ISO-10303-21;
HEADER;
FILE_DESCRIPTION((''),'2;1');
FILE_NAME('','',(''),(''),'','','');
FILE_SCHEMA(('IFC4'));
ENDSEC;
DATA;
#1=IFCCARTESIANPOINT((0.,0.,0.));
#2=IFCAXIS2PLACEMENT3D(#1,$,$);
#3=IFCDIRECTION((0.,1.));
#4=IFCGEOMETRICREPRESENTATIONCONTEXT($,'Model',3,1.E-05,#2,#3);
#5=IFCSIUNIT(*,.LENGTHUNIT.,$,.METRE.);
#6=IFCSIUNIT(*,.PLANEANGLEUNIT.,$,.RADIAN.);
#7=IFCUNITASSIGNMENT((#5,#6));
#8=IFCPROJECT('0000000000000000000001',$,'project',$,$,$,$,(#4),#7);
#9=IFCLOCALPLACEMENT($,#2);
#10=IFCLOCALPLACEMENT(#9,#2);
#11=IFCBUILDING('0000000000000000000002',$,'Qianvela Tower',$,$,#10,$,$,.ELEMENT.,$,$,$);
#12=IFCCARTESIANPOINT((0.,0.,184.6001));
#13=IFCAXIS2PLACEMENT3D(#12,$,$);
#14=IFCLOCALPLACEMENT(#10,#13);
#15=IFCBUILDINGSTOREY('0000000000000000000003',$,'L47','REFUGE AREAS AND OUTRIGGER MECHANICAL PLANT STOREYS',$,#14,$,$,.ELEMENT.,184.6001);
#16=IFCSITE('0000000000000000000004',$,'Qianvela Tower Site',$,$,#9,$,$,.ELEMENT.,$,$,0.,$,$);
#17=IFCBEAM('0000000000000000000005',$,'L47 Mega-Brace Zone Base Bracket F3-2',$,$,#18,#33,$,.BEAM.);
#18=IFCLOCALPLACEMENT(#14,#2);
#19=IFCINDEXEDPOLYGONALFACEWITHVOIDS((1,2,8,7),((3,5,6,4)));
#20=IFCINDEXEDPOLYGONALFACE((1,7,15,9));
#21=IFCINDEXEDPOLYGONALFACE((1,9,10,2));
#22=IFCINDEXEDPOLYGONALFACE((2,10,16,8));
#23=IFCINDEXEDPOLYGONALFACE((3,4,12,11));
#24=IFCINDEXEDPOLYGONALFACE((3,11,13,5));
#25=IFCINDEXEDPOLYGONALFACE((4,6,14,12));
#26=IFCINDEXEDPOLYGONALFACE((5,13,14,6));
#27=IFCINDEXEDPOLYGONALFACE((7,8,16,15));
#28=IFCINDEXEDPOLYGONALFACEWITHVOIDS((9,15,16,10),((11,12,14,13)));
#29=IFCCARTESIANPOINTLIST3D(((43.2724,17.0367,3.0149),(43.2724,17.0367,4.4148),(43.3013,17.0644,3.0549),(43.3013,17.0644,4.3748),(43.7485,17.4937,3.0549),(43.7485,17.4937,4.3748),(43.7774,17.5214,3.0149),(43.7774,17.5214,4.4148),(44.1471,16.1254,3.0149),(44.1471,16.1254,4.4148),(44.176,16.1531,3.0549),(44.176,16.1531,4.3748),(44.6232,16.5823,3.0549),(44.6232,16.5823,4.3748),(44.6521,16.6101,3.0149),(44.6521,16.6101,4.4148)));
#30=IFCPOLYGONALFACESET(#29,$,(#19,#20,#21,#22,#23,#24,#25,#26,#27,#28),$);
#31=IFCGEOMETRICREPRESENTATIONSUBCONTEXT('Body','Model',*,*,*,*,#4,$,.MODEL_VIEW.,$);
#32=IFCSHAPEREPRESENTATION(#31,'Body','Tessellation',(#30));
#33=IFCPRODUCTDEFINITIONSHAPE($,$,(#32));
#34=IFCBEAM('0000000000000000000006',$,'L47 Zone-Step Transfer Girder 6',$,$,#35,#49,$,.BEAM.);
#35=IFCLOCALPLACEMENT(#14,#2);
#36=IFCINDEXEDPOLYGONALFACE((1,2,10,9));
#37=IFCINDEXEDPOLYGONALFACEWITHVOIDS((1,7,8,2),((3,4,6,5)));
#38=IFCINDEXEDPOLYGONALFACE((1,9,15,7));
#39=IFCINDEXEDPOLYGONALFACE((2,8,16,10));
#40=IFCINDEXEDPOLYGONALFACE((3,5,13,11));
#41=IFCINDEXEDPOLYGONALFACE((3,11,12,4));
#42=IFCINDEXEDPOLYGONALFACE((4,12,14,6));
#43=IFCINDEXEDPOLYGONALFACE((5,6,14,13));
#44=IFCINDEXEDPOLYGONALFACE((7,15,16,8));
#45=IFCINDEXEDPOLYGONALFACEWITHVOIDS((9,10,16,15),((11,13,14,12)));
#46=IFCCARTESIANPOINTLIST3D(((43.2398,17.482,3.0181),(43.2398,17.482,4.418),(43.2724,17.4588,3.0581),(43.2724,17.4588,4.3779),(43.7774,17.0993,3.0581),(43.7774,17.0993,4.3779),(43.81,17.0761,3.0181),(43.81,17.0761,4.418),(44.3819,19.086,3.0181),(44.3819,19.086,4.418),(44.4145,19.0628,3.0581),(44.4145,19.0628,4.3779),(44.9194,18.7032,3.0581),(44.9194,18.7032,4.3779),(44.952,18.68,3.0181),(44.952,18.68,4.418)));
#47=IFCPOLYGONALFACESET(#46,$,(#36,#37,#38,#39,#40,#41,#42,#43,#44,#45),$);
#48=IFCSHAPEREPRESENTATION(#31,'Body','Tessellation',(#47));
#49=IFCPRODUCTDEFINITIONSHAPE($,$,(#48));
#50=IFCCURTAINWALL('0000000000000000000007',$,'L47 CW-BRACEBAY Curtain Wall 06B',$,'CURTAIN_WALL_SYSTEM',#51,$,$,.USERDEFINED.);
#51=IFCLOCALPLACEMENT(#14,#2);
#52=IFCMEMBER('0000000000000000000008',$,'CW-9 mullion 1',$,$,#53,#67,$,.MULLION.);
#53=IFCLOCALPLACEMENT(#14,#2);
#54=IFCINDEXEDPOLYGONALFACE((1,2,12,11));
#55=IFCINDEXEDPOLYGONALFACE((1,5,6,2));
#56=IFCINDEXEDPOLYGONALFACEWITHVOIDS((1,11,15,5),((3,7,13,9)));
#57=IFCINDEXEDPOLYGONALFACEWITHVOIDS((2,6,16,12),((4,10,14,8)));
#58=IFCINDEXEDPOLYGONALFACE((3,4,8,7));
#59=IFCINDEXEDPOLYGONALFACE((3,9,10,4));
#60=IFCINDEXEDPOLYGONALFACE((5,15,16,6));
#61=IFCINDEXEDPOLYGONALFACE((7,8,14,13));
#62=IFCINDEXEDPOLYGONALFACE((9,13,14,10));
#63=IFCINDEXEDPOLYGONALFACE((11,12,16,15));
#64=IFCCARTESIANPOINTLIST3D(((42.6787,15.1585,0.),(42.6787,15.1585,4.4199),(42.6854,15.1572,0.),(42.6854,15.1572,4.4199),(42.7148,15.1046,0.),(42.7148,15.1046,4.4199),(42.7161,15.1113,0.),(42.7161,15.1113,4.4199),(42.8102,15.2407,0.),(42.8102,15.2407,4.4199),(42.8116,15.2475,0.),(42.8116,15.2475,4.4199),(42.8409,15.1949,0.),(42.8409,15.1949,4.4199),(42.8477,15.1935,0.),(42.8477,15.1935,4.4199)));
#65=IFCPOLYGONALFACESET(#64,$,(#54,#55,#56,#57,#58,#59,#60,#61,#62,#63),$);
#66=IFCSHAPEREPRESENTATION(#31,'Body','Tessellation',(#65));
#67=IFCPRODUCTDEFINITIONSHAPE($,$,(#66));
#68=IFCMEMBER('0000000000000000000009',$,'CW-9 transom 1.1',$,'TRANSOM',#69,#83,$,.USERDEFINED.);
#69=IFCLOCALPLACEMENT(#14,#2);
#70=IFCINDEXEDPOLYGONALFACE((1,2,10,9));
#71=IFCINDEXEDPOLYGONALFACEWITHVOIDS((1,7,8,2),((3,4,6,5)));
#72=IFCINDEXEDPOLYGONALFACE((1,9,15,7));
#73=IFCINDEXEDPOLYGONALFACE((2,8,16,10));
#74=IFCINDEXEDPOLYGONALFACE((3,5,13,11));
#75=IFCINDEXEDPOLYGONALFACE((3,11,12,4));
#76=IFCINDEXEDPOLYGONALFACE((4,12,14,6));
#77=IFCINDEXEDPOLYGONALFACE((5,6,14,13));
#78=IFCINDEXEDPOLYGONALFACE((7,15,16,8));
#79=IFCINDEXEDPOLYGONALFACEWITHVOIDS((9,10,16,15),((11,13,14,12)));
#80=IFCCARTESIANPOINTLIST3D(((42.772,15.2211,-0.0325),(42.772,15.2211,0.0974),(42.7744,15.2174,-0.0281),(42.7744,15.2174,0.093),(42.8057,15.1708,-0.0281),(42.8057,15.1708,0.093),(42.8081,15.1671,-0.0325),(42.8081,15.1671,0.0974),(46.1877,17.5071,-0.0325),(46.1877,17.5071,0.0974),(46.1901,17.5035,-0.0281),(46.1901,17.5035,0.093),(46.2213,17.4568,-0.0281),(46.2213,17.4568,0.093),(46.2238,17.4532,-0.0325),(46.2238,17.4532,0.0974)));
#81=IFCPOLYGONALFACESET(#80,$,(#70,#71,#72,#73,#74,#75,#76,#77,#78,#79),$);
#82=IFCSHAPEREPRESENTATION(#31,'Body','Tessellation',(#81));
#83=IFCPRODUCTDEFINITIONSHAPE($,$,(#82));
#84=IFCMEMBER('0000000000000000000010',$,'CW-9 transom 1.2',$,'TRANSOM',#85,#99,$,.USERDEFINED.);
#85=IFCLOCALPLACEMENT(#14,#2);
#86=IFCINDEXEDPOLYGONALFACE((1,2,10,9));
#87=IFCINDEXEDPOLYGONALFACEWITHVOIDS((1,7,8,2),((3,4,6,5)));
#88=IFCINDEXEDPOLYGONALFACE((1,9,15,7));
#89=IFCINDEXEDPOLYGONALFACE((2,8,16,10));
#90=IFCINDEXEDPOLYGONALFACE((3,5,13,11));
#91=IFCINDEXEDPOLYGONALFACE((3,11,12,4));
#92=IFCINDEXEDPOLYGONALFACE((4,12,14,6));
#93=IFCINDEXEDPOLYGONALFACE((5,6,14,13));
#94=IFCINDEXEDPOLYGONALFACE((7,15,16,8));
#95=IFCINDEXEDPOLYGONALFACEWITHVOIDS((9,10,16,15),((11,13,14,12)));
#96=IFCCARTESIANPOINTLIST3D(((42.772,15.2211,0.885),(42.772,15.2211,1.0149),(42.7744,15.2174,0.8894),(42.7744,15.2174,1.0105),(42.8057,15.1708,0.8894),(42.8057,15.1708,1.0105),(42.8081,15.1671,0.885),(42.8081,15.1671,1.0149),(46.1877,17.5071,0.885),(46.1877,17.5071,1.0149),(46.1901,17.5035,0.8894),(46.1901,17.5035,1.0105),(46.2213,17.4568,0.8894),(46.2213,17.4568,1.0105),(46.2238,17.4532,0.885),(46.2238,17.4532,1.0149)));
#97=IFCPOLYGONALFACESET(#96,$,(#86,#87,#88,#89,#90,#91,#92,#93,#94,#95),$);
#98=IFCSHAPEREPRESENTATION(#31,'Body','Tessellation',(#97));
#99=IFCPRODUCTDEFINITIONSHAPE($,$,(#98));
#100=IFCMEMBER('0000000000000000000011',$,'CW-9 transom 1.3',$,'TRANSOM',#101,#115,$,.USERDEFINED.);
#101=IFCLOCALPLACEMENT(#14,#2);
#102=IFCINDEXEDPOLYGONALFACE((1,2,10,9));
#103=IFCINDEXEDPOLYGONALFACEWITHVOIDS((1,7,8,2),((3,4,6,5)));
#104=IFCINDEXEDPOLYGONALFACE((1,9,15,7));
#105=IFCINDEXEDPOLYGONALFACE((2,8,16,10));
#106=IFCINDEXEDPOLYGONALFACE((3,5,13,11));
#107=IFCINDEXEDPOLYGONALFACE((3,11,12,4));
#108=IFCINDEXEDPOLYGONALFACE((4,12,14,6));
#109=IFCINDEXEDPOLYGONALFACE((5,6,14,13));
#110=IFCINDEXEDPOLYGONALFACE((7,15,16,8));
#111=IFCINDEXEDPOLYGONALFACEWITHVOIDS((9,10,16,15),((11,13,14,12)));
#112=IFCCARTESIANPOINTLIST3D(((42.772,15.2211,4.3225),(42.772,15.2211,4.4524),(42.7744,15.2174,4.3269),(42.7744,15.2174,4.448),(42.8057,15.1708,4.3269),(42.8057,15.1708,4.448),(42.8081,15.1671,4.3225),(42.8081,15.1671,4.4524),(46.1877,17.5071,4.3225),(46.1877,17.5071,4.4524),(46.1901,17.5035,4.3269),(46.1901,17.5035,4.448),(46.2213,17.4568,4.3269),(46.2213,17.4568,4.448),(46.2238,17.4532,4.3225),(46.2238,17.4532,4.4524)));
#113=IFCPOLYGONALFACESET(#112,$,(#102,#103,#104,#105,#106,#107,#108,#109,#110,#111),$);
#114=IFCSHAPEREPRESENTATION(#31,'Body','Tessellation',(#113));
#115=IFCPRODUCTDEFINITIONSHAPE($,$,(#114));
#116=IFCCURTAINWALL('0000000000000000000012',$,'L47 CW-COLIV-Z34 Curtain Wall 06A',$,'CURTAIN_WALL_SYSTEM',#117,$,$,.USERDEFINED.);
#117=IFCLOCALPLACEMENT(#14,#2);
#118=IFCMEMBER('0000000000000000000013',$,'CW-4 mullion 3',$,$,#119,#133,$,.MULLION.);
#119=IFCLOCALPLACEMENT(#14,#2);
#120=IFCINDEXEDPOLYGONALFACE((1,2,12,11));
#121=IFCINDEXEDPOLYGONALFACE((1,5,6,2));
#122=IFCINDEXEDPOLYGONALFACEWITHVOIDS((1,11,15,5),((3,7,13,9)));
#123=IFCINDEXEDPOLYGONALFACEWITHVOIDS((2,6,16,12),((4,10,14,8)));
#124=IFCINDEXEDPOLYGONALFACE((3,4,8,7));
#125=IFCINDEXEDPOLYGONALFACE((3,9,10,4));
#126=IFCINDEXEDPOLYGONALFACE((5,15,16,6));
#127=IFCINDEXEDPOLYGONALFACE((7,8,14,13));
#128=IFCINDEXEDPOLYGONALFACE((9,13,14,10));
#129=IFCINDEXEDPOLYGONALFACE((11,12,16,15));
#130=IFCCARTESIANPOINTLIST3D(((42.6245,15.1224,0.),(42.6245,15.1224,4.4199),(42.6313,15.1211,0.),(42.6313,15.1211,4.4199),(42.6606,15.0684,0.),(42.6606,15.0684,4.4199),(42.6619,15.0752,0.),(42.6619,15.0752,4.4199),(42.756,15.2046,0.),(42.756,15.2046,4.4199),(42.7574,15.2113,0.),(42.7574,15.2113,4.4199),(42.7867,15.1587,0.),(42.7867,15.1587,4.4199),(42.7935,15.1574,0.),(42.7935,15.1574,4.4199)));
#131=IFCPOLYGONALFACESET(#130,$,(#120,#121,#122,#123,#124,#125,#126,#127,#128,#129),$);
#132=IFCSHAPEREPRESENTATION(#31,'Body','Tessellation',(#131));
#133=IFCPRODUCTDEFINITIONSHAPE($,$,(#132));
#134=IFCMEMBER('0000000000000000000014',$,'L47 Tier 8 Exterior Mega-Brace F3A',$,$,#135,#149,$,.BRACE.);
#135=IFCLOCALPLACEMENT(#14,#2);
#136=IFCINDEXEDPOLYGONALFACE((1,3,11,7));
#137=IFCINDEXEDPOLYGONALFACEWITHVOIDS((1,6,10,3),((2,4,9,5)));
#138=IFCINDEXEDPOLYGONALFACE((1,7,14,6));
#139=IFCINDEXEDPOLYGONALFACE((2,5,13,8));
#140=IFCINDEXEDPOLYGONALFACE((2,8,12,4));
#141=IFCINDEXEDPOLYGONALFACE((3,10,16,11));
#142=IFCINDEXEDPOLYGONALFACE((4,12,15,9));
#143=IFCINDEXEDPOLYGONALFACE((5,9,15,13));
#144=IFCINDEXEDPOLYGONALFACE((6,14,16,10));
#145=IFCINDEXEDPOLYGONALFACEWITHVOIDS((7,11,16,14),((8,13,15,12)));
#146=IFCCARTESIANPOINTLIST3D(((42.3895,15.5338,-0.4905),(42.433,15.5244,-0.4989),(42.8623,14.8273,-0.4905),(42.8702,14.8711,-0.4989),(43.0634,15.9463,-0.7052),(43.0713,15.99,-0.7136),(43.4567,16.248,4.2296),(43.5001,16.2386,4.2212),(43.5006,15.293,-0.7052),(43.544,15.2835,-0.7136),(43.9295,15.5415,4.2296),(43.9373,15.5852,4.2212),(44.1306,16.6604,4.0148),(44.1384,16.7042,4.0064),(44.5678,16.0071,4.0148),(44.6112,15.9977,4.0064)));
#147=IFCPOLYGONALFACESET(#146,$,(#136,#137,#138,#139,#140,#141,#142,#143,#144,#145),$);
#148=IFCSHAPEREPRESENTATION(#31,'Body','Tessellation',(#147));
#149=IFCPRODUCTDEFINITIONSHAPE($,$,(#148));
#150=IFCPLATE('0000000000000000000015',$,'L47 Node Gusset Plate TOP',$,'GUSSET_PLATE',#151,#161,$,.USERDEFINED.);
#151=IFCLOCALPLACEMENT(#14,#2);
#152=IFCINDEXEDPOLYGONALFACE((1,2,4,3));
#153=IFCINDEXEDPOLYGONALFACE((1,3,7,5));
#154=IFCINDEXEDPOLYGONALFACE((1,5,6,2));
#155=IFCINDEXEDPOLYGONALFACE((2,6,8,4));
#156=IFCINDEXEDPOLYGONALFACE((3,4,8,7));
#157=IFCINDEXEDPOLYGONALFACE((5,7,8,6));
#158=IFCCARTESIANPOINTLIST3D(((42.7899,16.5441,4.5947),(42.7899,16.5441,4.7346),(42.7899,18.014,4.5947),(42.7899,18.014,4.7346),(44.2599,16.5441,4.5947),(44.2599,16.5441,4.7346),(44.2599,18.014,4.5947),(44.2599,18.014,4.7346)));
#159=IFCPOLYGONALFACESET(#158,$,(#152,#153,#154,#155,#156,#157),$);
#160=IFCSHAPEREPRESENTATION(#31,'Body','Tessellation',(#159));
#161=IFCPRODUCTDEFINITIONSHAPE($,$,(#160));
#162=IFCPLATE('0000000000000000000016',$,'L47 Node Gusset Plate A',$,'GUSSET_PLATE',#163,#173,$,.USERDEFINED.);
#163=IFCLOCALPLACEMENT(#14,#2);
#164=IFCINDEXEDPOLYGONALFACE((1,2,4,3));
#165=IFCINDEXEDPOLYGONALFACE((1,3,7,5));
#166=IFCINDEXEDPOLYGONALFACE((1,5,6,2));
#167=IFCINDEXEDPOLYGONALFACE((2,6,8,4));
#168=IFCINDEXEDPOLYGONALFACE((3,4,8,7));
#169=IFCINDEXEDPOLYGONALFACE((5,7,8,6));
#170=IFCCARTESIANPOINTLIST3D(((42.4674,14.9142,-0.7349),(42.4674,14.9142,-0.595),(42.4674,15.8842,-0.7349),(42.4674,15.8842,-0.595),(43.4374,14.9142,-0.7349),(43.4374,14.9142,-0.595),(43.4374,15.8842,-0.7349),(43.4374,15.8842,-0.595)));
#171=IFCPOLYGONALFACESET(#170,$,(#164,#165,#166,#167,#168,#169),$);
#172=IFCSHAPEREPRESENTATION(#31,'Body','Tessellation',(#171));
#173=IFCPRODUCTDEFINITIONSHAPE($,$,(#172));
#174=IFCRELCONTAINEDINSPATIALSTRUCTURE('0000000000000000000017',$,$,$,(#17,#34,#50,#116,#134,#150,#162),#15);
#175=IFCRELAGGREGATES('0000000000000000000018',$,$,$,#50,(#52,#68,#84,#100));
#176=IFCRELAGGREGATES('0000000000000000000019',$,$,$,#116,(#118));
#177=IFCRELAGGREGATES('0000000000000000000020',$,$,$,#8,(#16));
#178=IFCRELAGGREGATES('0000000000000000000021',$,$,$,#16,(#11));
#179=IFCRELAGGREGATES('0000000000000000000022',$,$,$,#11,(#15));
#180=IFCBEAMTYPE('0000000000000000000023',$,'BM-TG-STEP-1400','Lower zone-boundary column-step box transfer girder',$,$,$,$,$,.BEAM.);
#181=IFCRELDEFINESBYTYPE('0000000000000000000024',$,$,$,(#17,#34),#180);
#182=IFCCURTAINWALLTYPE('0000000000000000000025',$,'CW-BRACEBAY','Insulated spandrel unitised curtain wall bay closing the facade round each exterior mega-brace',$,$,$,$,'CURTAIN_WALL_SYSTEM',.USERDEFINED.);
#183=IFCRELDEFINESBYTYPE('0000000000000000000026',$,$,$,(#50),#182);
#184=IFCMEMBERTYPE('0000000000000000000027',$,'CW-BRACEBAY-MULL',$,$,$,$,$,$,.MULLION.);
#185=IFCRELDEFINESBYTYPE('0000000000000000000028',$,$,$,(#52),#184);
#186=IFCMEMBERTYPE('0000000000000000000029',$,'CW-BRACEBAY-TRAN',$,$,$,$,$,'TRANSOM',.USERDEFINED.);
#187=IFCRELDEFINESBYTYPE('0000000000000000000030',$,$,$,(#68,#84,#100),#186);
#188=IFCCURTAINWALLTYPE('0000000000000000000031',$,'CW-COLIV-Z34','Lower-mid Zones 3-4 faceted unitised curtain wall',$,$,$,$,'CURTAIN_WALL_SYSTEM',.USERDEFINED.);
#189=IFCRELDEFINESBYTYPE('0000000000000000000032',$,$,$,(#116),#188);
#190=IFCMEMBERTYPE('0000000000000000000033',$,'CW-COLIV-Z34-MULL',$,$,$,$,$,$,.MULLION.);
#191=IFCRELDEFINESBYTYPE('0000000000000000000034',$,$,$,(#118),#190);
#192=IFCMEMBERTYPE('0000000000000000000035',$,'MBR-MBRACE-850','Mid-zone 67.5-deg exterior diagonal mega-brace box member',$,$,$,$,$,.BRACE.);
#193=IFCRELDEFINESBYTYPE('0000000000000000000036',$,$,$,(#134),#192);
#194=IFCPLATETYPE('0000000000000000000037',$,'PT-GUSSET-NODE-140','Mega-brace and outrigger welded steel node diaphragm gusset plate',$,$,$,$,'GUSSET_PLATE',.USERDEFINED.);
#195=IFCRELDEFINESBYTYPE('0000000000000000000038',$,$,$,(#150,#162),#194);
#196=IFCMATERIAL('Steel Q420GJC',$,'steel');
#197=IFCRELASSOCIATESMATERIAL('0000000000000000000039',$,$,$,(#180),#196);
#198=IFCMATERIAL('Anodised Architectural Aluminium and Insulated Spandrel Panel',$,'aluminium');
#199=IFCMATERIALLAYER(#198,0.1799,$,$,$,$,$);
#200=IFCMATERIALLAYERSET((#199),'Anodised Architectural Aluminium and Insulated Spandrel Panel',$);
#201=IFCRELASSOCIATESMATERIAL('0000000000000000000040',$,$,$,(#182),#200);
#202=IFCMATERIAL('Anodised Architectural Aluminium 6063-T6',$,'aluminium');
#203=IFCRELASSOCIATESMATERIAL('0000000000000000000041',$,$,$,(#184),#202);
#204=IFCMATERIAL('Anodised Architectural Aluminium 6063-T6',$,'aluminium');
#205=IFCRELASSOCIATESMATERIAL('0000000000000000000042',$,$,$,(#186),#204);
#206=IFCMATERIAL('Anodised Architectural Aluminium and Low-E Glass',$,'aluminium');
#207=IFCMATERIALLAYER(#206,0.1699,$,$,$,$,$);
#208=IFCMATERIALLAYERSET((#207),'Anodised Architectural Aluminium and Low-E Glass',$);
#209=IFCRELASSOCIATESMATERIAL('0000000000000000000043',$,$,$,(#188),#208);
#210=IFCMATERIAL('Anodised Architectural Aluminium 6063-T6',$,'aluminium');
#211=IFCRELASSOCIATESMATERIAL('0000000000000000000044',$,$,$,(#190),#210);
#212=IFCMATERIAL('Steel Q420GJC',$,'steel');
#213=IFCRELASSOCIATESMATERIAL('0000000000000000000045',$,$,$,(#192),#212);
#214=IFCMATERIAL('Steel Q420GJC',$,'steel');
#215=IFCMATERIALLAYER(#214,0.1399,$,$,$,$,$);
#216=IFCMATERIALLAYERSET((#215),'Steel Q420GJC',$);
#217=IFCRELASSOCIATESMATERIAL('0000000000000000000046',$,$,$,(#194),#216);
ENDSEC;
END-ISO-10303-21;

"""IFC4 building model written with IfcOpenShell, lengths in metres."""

from ifc_helpers import new_model, si_unit, direction, frame, origin, origin_2d, place, context, subcontext, project, spatial, rectangle, hollow_rectangle, extrude, material, layer, layer_set, material_profile, profile_set, type_object, element, aggregate, save


model = new_model("IFC4")

# Units and contexts
model_context = context("Model", 3, precision=1e-05, world=origin(), true_north=direction((0.0, 1.0)))
body_context = subcontext(model_context, "Body", "Model", "MODEL_VIEW")
ifc_project = project(units=[si_unit("LENGTHUNIT", "METRE"), si_unit("PLANEANGLEUNIT", "RADIAN")], contexts=[model_context])

# Site, building, storey
site_placement = place(None, origin())
site = spatial("IfcSite", under=ifc_project, at=site_placement, Name="Qianvela Tower Site", CompositionType="ELEMENT", RefElevation=0.0)
building_placement = place(site_placement, origin())
building = spatial("IfcBuilding", under=site, at=building_placement, Name="Qianvela Tower", CompositionType="ELEMENT")
storey_placement = place(building_placement, frame((0.0, 0.0, 184.6001)))
storey = spatial("IfcBuildingStorey", under=building, at=storey_placement, Name="L47", Description="REFUGE AREAS AND OUTRIGGER MECHANICAL PLANT STOREYS", CompositionType="ELEMENT", Elevation=184.6001)

# Beams
ifc_material_1 = material(Name="Steel Q420GJC", Category="steel")
ifc_material_profile_1 = material_profile(ifc_material_1, hollow_rectangle(XDim=0.7, YDim=1.3999, WallThickness=0.04, at=origin_2d()), Name="TG-BOX-1400x700x40")
ifc_profile_set_1 = profile_set([ifc_material_profile_1], Name="Steel Q420GJC")
beam_type_1 = type_object("IfcBeamType", Name="BM-TG-STEP-1400", Description="Lower zone-boundary column-step box transfer girder", PredefinedType="BEAM", material=ifc_profile_set_1)
beam_1_placement = place(storey_placement, frame((43.5249, 17.2791, 3.7148), z_axis=(0.692463, -0.721453, 0.0), x_axis=(0.721453, 0.692463, 0.0)))
element("IfcBeam", 1, at=beam_1_placement, inside=storey, type_object=beam_type_1, Name="L47 Mega-Brace Zone Base Bracket F3-2", PredefinedType="BEAM", context=body_context, shape_type="SweptSolid", body=[
    extrude(hollow_rectangle(XDim=0.7, YDim=1.3999, WallThickness=0.04, at=origin_2d()), origin(), (0.0, 0.0, 1.0), 1.2632),
])
beam_2_placement = place(storey_placement, frame((43.5249, 17.2791, 3.718), z_axis=(0.580018, 0.814604, 0.0), x_axis=(-0.814604, 0.580018, 0.0)))
element("IfcBeam", 2, at=beam_2_placement, inside=storey, type_object=beam_type_1, Name="L47 Zone-Step Transfer Girder 6", PredefinedType="BEAM", context=body_context, shape_type="SweptSolid", body=[
    extrude(hollow_rectangle(XDim=0.7, YDim=1.3999, WallThickness=0.04, at=origin_2d()), origin(), (0.0, 0.0, 1.0), 1.969),
])

# Curtain wall, members
ifc_material_2 = material(Name="Anodised Architectural Aluminium and Insulated Spandrel Panel", Category="aluminium")
ifc_layer_1 = layer(ifc_material_2, 0.1799)
ifc_layer_set_1 = layer_set([ifc_layer_1], Name="Anodised Architectural Aluminium and Insulated Spandrel Panel")
curtain_wall_type_1 = type_object("IfcCurtainWallType", Name="CW-BRACEBAY", Description="Insulated spandrel unitised curtain wall bay closing the facade round each exterior mega-brace", ElementType="CURTAIN_WALL_SYSTEM", PredefinedType="USERDEFINED", material=ifc_layer_set_1)
curtain_wall_1_placement = place(storey_placement, origin())
curtain_wall_1 = element("IfcCurtainWall", 3, at=curtain_wall_1_placement, inside=storey, type_object=curtain_wall_type_1, Name="L47 CW-BRACEBAY Curtain Wall 06B", ObjectType="CURTAIN_WALL_SYSTEM", PredefinedType="USERDEFINED")
ifc_material_3 = material(Name="Anodised Architectural Aluminium 6063-T6", Category="aluminium")
ifc_material_profile_2 = material_profile(ifc_material_3, hollow_rectangle(XDim=0.0649, YDim=0.1599, WallThickness=0.0049, at=origin_2d()), Name="ALU-MULL-65x160")
ifc_profile_set_2 = profile_set([ifc_material_profile_2], Name="Anodised Architectural Aluminium 6063-T6")
member_type_1 = type_object("IfcMemberType", Name="CW-BRACEBAY-MULL", PredefinedType="MULLION", material=ifc_profile_set_2)
member_1_placement = place(storey_placement, frame((42.7632, 15.176, 0.0), z_axis=(0.0, 0.0, 1.0), x_axis=(-0.556196, 0.831051, 0.0)))
member_1 = element("IfcMember", 4, at=member_1_placement, type_object=member_type_1, Name="CW-9 mullion 1", PredefinedType="MULLION", context=body_context, shape_type="SweptSolid", body=[
    extrude(hollow_rectangle(XDim=0.0649, YDim=0.1599, WallThickness=0.0049, at=origin_2d()), origin(), (0.0, 0.0, 1.0), 4.4199),
])
ifc_material_4 = material(Name="Anodised Architectural Aluminium 6063-T6", Category="aluminium")
ifc_material_profile_3 = material_profile(ifc_material_4, hollow_rectangle(XDim=0.0649, YDim=0.1299, WallThickness=0.0044, at=origin_2d()), Name="ALU-TRAN-65x130")
ifc_profile_set_3 = profile_set([ifc_material_profile_3], Name="Anodised Architectural Aluminium 6063-T6")
member_type_2 = type_object("IfcMemberType", Name="CW-BRACEBAY-TRAN", ElementType="TRANSOM", PredefinedType="USERDEFINED", material=ifc_profile_set_3)
member_2_placement = place(storey_placement, frame((42.79, 15.1941, 0.0325), z_axis=(0.831044, 0.556207, 0.0), x_axis=(-0.556207, 0.831044, 0.0)))
member_2 = element("IfcMember", 5, at=member_2_placement, type_object=member_type_2, Name="CW-9 transom 1.1", ObjectType="TRANSOM", PredefinedType="USERDEFINED", context=body_context, shape_type="SweptSolid", body=[
    extrude(hollow_rectangle(XDim=0.0649, YDim=0.1299, WallThickness=0.0044, at=origin_2d()), origin(), (0.0, 0.0, 1.0), 4.1101),
])
member_3_placement = place(storey_placement, frame((42.79, 15.1941, 0.95), z_axis=(0.831044, 0.556207, 0.0), x_axis=(-0.556207, 0.831044, 0.0)))
member_3 = element("IfcMember", 6, at=member_3_placement, type_object=member_type_2, Name="CW-9 transom 1.2", ObjectType="TRANSOM", PredefinedType="USERDEFINED", context=body_context, shape_type="SweptSolid", body=[
    extrude(hollow_rectangle(XDim=0.0649, YDim=0.1299, WallThickness=0.0044, at=origin_2d()), origin(), (0.0, 0.0, 1.0), 4.1101),
])
member_4_placement = place(storey_placement, frame((42.79, 15.1941, 4.3875), z_axis=(0.831044, 0.556207, 0.0), x_axis=(-0.556207, 0.831044, 0.0)))
member_4 = element("IfcMember", 7, at=member_4_placement, type_object=member_type_2, Name="CW-9 transom 1.3", ObjectType="TRANSOM", PredefinedType="USERDEFINED", context=body_context, shape_type="SweptSolid", body=[
    extrude(hollow_rectangle(XDim=0.0649, YDim=0.1299, WallThickness=0.0044, at=origin_2d()), origin(), (0.0, 0.0, 1.0), 4.1101),
])
aggregate(curtain_wall_1, [member_1, member_2, member_3, member_4])

# Curtain wall, member
ifc_material_5 = material(Name="Anodised Architectural Aluminium and Low-E Glass", Category="aluminium")
ifc_layer_2 = layer(ifc_material_5, 0.1699)
ifc_layer_set_2 = layer_set([ifc_layer_2], Name="Anodised Architectural Aluminium and Low-E Glass")
curtain_wall_type_2 = type_object("IfcCurtainWallType", Name="CW-COLIV-Z34", Description="Lower-mid Zones 3-4 faceted unitised curtain wall", ElementType="CURTAIN_WALL_SYSTEM", PredefinedType="USERDEFINED", material=ifc_layer_set_2)
curtain_wall_2_placement = place(storey_placement, origin())
curtain_wall_2 = element("IfcCurtainWall", 8, at=curtain_wall_2_placement, inside=storey, type_object=curtain_wall_type_2, Name="L47 CW-COLIV-Z34 Curtain Wall 06A", ObjectType="CURTAIN_WALL_SYSTEM", PredefinedType="USERDEFINED")
ifc_material_6 = material(Name="Anodised Architectural Aluminium 6063-T6", Category="aluminium")
ifc_material_profile_4 = material_profile(ifc_material_6, hollow_rectangle(XDim=0.0649, YDim=0.1599, WallThickness=0.0049, at=origin_2d()), Name="ALU-MULL-65x160")
ifc_profile_set_4 = profile_set([ifc_material_profile_4], Name="Anodised Architectural Aluminium 6063-T6")
member_type_3 = type_object("IfcMemberType", Name="CW-COLIV-Z34-MULL", PredefinedType="MULLION", material=ifc_profile_set_4)
member_5_placement = place(storey_placement, frame((42.709, 15.1399, 0.0), z_axis=(0.0, 0.0, 1.0), x_axis=(-0.556193, 0.831053, 0.0)))
member_5 = element("IfcMember", 9, at=member_5_placement, type_object=member_type_3, Name="CW-4 mullion 3", PredefinedType="MULLION", context=body_context, shape_type="SweptSolid", body=[
    extrude(hollow_rectangle(XDim=0.0649, YDim=0.1599, WallThickness=0.0049, at=origin_2d()), origin(), (0.0, 0.0, 1.0), 4.4199),
])
aggregate(curtain_wall_2, [member_5])

# Member
ifc_material_7 = material(Name="Steel Q420GJC", Category="steel")
ifc_material_profile_5 = material_profile(ifc_material_7, hollow_rectangle(XDim=0.8501, YDim=0.8501, WallThickness=0.032, at=origin_2d()), Name="MBOX-850x850x32")
ifc_profile_set_5 = profile_set([ifc_material_profile_5], Name="Steel Q420GJC")
member_type_4 = type_object("IfcMemberType", Name="MBR-MBRACE-850", Description="Mid-zone 67.5-deg exterior diagonal mega-brace box member", PredefinedType="BRACE", material=ifc_profile_set_5)
member_6_placement = place(storey_placement, frame((42.9668, 15.4087, -0.6021), z_axis=(0.218161, 0.14599, 0.964931), x_axis=(-0.556147, 0.831084, 0.0)))
element("IfcMember", 10, at=member_6_placement, inside=storey, type_object=member_type_4, Name="L47 Tier 8 Exterior Mega-Brace F3A", PredefinedType="BRACE", context=body_context, shape_type="SweptSolid", body=[
    extrude(hollow_rectangle(XDim=0.8501, YDim=0.8501, WallThickness=0.032, at=origin_2d()), origin(), (0.0, 0.0, 1.0), 4.8916),
])

# Plates
ifc_material_8 = material(Name="Steel Q420GJC", Category="steel")
ifc_layer_3 = layer(ifc_material_8, 0.1399)
ifc_layer_set_3 = layer_set([ifc_layer_3], Name="Steel Q420GJC")
plate_type = type_object("IfcPlateType", Name="PT-GUSSET-NODE-140", Description="Mega-brace and outrigger welded steel node diaphragm gusset plate", ElementType="GUSSET_PLATE", PredefinedType="USERDEFINED", material=ifc_layer_set_3)
plate_1_placement = place(storey_placement, frame((43.5249, 17.2791, 4.5947), z_axis=(0.0, 0.0, 1.0), x_axis=(1.0, 0.0, 0.0)))
element("IfcPlate", 11, at=plate_1_placement, inside=storey, type_object=plate_type, Name="L47 Node Gusset Plate TOP", ObjectType="GUSSET_PLATE", PredefinedType="USERDEFINED", context=body_context, shape_type="SweptSolid", body=[
    extrude(rectangle(XDim=1.47, YDim=1.47, at=origin_2d()), origin(), (0.0, 0.0, 1.0), 0.1399),
])
plate_2_placement = place(storey_placement, frame((42.9524, 15.3992, -0.7349), z_axis=(0.0, 0.0, 1.0), x_axis=(1.0, 0.0, 0.0)))
element("IfcPlate", 12, at=plate_2_placement, inside=storey, type_object=plate_type, Name="L47 Node Gusset Plate A", ObjectType="GUSSET_PLATE", PredefinedType="USERDEFINED", context=body_context, shape_type="SweptSolid", body=[
    extrude(rectangle(XDim=0.97, YDim=0.97, at=origin_2d()), origin(), (0.0, 0.0, 1.0), 0.1399),
])

save(model, "model.ifc")
